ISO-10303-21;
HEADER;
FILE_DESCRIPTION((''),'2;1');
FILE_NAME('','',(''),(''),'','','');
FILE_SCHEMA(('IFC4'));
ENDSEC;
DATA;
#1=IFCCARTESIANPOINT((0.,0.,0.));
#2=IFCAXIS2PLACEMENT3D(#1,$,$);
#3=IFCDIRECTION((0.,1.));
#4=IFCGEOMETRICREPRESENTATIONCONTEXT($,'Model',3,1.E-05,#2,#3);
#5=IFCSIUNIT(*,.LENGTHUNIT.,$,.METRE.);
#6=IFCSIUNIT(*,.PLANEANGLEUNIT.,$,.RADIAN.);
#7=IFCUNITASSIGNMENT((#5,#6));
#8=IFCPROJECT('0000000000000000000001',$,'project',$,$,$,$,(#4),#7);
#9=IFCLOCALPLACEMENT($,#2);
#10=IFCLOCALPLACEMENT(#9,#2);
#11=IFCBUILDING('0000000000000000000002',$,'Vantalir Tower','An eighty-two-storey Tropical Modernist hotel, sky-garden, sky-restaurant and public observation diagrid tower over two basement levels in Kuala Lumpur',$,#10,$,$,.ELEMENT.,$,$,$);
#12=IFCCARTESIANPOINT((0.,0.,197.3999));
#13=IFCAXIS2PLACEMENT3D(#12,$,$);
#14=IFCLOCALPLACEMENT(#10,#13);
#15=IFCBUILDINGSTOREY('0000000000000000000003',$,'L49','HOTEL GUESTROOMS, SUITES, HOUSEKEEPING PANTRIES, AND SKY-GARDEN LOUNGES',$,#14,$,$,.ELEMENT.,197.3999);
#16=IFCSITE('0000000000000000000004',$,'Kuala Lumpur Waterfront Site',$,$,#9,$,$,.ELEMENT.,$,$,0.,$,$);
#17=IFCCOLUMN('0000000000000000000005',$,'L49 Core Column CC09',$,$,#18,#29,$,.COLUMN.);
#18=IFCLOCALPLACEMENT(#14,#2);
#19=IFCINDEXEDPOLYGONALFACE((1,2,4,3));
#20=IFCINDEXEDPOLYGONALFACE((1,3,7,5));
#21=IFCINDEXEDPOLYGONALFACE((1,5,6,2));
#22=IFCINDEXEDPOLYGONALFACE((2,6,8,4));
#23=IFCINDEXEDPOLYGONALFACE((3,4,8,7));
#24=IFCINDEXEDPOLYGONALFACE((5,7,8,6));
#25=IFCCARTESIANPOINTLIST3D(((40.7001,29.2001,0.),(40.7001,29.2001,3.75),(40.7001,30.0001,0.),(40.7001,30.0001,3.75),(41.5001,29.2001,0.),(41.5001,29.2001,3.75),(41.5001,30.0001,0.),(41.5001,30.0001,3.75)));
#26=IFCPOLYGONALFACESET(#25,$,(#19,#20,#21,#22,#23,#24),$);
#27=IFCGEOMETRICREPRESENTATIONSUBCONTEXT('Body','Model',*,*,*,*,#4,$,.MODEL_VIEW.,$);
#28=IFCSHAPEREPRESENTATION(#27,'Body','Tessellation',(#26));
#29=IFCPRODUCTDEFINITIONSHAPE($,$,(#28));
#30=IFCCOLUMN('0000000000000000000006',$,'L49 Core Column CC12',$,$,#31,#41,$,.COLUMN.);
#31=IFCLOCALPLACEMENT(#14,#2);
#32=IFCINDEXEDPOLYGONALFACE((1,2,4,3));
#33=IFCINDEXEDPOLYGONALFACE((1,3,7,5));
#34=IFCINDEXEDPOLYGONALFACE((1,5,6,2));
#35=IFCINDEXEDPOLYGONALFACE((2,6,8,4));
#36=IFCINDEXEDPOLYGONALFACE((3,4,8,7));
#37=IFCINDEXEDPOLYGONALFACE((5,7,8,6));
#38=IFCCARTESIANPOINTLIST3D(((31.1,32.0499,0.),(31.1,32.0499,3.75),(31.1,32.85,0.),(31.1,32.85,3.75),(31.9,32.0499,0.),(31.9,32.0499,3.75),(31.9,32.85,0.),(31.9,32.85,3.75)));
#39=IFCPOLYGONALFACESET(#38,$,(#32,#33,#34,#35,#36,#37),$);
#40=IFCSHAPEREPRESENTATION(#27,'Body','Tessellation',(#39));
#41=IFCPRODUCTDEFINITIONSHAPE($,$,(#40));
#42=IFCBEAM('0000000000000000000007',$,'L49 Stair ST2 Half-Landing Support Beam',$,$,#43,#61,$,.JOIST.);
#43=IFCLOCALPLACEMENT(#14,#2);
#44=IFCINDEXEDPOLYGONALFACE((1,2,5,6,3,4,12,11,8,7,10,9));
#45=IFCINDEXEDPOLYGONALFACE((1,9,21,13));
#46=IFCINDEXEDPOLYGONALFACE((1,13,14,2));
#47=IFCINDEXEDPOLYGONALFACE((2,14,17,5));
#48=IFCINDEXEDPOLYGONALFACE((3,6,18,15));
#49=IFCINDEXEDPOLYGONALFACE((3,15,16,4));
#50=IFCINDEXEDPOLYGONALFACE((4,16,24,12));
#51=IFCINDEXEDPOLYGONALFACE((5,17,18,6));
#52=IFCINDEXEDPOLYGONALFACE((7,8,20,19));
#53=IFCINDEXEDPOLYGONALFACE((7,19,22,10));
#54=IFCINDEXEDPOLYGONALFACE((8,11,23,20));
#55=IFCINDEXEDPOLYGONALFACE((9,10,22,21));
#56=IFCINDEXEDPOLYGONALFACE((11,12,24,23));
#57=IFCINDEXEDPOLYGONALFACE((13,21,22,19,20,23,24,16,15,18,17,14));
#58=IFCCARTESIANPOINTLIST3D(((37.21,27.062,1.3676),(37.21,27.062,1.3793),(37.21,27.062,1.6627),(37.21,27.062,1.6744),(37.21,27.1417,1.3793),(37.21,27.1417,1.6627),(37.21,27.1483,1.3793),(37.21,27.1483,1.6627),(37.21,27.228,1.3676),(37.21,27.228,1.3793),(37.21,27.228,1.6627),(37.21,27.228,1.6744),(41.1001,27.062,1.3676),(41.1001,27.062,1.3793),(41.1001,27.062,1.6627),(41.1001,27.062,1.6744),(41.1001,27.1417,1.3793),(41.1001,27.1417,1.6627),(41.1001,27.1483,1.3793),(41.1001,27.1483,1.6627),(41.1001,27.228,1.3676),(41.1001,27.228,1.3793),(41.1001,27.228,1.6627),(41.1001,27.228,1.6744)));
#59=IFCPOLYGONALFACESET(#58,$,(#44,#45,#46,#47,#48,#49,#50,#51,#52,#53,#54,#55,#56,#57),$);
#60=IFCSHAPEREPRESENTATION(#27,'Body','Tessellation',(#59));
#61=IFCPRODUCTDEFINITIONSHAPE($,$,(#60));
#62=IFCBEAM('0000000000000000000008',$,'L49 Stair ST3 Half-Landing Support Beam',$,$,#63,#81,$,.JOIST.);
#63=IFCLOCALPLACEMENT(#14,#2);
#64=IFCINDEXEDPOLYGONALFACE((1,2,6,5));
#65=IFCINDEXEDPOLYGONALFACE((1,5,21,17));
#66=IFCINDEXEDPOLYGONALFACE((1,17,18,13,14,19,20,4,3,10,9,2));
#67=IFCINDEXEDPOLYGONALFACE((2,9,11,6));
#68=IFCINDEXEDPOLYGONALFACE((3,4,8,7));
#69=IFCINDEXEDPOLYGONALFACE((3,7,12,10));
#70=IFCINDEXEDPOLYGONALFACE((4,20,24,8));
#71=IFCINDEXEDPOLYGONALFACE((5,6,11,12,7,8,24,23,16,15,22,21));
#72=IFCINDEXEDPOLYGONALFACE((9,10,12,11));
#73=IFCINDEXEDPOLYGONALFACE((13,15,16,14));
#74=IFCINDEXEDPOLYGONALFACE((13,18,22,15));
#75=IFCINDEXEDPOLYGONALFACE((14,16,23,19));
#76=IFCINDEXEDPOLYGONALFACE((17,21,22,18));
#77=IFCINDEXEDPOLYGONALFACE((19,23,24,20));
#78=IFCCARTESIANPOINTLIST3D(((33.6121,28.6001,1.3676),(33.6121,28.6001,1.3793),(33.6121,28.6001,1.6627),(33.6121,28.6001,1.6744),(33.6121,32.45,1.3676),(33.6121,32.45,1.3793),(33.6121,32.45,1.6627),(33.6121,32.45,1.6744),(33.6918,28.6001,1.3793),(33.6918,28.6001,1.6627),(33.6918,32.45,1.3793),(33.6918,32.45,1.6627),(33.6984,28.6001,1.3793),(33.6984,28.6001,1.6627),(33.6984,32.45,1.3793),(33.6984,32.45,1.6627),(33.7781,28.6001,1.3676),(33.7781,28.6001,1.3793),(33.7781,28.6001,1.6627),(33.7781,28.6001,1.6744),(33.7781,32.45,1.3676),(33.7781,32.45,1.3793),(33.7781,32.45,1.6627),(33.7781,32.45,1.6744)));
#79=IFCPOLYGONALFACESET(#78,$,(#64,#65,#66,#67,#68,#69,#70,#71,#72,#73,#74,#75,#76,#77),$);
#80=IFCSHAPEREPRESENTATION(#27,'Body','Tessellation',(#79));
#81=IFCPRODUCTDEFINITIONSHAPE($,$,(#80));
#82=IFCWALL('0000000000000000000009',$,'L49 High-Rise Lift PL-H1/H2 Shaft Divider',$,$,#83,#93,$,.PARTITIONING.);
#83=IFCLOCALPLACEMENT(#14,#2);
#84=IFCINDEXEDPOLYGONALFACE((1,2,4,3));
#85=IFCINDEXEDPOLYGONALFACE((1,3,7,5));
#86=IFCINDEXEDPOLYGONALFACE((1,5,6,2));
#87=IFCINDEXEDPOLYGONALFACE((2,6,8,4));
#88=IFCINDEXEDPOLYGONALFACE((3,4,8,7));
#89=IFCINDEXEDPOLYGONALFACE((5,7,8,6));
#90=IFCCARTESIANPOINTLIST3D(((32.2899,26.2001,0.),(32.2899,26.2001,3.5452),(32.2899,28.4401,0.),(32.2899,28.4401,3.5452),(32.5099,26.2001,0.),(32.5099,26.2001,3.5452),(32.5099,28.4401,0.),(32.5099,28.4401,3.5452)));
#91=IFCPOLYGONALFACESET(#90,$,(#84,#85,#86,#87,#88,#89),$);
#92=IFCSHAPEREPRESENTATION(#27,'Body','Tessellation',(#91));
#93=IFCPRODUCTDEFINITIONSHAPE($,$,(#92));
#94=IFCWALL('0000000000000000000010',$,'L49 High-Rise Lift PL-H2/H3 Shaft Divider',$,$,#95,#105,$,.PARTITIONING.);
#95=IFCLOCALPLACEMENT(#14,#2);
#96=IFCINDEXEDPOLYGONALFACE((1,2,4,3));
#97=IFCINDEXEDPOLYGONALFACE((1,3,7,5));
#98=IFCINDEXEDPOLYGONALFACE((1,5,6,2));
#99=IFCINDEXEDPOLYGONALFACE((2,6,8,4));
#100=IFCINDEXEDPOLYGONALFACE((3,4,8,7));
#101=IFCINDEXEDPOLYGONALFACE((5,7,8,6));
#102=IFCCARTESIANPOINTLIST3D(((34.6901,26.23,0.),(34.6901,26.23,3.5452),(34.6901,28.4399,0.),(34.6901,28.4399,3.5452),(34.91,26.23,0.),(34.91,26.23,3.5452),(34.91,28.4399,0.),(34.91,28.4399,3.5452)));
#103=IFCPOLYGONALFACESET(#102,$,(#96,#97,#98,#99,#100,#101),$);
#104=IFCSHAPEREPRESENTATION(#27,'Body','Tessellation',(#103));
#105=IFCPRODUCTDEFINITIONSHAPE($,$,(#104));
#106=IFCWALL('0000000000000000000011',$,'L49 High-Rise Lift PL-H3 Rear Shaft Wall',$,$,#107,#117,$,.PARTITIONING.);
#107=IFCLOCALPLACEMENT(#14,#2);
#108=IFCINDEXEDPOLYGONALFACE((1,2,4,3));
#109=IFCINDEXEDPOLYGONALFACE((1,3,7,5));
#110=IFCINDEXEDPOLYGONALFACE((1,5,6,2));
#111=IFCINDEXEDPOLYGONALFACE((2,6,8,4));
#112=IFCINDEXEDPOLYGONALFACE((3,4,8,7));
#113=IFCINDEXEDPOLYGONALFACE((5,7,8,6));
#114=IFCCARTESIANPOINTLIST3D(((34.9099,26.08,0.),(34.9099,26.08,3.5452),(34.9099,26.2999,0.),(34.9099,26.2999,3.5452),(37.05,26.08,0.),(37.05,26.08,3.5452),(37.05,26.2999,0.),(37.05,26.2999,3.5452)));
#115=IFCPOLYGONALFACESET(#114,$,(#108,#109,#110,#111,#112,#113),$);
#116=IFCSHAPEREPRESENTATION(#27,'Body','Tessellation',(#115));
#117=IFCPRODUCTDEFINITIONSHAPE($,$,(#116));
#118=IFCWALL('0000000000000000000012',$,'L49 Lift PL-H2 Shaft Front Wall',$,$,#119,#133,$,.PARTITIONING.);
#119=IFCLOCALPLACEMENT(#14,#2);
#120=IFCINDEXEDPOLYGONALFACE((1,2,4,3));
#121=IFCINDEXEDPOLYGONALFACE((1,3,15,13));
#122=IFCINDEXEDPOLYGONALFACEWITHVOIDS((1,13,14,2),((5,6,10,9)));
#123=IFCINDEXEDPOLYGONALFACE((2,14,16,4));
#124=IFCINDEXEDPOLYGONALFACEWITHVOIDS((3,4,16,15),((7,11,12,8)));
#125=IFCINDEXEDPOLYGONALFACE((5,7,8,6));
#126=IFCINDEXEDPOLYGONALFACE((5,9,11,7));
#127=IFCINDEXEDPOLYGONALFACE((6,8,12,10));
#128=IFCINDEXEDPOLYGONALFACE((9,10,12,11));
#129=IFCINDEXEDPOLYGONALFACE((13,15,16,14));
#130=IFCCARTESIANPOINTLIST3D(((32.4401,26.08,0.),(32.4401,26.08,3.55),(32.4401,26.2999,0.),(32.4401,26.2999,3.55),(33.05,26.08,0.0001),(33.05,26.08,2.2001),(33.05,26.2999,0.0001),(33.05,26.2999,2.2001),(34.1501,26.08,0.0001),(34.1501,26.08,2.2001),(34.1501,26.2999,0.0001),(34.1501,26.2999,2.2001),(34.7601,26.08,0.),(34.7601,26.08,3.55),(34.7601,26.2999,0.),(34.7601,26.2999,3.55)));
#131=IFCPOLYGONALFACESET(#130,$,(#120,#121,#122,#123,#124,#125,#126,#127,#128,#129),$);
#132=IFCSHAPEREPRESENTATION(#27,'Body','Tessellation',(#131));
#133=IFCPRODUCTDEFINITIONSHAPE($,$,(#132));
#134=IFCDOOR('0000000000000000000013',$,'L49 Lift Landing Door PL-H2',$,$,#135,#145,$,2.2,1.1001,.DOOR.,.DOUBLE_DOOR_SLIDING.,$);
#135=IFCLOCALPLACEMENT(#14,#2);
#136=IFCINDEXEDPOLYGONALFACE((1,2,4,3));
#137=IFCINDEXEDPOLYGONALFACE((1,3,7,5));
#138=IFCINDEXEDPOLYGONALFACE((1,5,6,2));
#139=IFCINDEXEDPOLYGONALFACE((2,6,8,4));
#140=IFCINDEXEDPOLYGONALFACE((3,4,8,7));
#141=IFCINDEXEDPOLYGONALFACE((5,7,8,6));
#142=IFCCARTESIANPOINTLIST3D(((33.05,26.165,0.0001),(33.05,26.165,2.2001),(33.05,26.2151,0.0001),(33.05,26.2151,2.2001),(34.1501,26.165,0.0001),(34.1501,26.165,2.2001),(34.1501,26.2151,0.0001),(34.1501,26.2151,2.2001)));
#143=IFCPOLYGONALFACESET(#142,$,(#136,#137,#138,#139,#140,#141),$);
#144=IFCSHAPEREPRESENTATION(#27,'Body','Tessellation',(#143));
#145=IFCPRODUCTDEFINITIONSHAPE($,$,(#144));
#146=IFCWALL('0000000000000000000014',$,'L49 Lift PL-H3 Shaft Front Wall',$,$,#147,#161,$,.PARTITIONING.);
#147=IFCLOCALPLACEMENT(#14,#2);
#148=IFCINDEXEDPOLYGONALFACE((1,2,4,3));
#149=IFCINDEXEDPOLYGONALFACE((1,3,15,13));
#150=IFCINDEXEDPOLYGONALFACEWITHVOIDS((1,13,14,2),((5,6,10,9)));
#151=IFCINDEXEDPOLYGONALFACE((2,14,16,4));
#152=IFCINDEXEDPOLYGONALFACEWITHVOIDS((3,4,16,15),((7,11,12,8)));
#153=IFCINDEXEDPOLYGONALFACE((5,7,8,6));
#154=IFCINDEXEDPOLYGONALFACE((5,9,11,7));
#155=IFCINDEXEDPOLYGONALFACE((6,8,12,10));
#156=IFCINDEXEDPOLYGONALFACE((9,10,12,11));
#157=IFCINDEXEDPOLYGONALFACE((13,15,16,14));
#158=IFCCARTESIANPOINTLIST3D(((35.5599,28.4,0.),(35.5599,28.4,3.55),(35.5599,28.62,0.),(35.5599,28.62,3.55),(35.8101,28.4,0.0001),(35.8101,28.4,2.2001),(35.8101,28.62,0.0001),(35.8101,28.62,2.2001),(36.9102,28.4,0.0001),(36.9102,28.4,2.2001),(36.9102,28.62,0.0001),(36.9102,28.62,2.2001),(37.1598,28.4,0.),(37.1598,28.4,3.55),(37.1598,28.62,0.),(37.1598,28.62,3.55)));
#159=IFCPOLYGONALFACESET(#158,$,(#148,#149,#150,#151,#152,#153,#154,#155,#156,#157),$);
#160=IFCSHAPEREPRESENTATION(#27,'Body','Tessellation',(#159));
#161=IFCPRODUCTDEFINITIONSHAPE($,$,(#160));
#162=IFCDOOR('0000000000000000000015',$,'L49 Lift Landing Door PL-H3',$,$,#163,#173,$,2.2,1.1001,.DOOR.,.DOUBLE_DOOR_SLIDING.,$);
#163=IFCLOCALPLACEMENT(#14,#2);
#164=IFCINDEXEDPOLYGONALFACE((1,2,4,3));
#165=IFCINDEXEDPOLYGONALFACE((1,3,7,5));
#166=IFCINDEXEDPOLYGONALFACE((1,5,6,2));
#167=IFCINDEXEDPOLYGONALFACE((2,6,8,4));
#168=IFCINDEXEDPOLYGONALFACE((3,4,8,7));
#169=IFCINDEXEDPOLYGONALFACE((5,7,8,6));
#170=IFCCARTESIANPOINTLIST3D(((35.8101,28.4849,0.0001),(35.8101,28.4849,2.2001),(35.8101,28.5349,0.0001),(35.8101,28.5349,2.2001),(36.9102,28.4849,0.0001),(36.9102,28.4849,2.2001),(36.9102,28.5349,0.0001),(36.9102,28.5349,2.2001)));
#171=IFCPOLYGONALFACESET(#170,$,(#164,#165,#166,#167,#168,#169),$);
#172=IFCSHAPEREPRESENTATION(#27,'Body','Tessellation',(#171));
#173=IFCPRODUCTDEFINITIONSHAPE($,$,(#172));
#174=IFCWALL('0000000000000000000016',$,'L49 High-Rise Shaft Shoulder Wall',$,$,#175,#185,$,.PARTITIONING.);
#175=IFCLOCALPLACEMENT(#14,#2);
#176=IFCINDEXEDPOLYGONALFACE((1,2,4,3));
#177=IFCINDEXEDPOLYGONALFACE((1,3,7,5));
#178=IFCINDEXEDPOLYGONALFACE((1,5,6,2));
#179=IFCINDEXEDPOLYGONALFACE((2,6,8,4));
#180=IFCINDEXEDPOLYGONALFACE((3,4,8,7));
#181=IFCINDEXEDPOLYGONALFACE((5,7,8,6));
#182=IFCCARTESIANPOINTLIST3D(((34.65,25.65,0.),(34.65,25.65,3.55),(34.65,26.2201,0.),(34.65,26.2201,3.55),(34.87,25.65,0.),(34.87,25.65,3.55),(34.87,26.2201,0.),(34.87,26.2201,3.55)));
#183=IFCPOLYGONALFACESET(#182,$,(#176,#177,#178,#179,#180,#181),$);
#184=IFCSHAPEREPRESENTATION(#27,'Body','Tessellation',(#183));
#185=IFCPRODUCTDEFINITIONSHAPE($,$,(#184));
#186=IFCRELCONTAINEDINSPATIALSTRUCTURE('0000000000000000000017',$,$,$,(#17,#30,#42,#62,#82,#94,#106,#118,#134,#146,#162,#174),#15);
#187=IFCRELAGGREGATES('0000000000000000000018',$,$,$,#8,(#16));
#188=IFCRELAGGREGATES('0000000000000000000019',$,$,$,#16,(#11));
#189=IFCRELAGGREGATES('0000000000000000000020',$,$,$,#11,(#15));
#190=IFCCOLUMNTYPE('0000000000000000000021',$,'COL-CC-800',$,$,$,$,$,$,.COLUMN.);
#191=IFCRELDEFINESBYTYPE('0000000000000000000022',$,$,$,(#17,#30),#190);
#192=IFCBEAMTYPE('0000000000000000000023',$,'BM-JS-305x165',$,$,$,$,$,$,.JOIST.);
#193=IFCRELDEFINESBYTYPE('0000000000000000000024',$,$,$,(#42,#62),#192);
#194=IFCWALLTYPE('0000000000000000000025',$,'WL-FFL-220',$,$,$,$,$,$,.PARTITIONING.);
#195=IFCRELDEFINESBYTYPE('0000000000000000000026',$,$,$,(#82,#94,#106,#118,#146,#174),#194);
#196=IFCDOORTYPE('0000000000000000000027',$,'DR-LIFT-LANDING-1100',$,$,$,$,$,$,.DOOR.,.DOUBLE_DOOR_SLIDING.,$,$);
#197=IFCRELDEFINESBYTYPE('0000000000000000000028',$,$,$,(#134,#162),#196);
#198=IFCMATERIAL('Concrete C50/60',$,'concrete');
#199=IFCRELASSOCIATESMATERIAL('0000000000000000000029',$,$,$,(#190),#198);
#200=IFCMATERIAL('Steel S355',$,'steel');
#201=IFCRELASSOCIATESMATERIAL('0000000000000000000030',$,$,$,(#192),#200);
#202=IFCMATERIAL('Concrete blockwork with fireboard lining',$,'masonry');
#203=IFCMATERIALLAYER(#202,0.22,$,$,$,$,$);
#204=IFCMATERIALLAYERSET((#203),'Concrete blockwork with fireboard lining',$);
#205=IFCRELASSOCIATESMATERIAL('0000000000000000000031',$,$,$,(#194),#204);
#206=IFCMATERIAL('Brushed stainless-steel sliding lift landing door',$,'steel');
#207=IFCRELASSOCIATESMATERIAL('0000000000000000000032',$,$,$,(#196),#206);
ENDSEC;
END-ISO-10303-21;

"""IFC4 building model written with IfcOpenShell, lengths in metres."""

from ifc_helpers import new_model, si_unit, direction, frame, frame_2d, origin, origin_2d, place, context, subcontext, project, spatial, rectangle, i_section, extrude, material, layer, layer_set, material_profile, profile_set, type_object, element, fill, save


model = new_model("IFC4")

# Units and contexts
model_context = context("Model", 3, precision=1e-05, world=origin(), true_north=direction((0.0, 1.0)))
body_context = subcontext(model_context, "Body", "Model", "MODEL_VIEW")
ifc_project = project(units=[si_unit("LENGTHUNIT", "METRE"), si_unit("PLANEANGLEUNIT", "RADIAN")], contexts=[model_context])

# Site, building, storey
site_placement = place(None, origin())
site = spatial("IfcSite", under=ifc_project, at=site_placement, Name="Kuala Lumpur Waterfront Site", CompositionType="ELEMENT", RefElevation=0.0)
building_placement = place(site_placement, origin())
building = spatial("IfcBuilding", under=site, at=building_placement, Name="Vantalir Tower", Description="An eighty-two-storey Tropical Modernist hotel, sky-garden, sky-restaurant and public observation diagrid tower over two basement levels in Kuala Lumpur", CompositionType="ELEMENT")
storey_placement = place(building_placement, frame((0.0, 0.0, 197.3999)))
storey = spatial("IfcBuildingStorey", under=building, at=storey_placement, Name="L49", Description="HOTEL GUESTROOMS, SUITES, HOUSEKEEPING PANTRIES, AND SKY-GARDEN LOUNGES", CompositionType="ELEMENT", Elevation=197.3999)

# Columns
ifc_material_1 = material(Name="Concrete C50/60", Category="concrete")
ifc_material_profile_1 = material_profile(ifc_material_1, rectangle(XDim=0.8, YDim=0.8, at=origin_2d()), Name="Concrete C50/60")
ifc_profile_set_1 = profile_set([ifc_material_profile_1], Name="Concrete C50/60")
column_type = type_object("IfcColumnType", Name="COL-CC-800", PredefinedType="COLUMN", material=ifc_profile_set_1)
for number, where, z_axis, x_axis, name in (
    (1, (41.1001, 29.6001, 0.0), (0.0, 0.0, 1.0), (1.0, 0.0, 0.0), "L49 Core Column CC09"),
    (2, (31.5, 32.45, 0.0), (0.0, 0.0, 1.0), (1.0, 0.0, 0.0), "L49 Core Column CC12"),
):
    element("IfcColumn", number, at=place(storey_placement, frame(where, z_axis=z_axis, x_axis=x_axis)), inside=storey, type_object=column_type, Name=name, PredefinedType="COLUMN", context=body_context, shape_type="SweptSolid", body=[
        extrude(rectangle(XDim=0.8, YDim=0.8, at=origin_2d()), origin(), (0.0, 0.0, 1.0), 3.75),
    ])

# Beams
ifc_material_2 = material(Name="Steel S355", Category="steel")
ifc_material_profile_2 = material_profile(ifc_material_2, i_section(OverallWidth=0.166, OverallDepth=0.3069, WebThickness=0.0066, FlangeThickness=0.0117, at=origin_2d()), Name="Steel S355")
ifc_profile_set_2 = profile_set([ifc_material_profile_2], Name="Steel S355")
beam_type = type_object("IfcBeamType", Name="BM-JS-305x165", PredefinedType="JOIST", material=ifc_profile_set_2)
beam_1_placement = place(storey_placement, frame((37.21, 27.145, 1.521), z_axis=(1.0, 0.0, 0.0), x_axis=(0.0, 1.0, 0.0)))
element("IfcBeam", 3, at=beam_1_placement, inside=storey, type_object=beam_type, Name="L49 Stair ST2 Half-Landing Support Beam", PredefinedType="JOIST", context=body_context, shape_type="SweptSolid", body=[
    extrude(i_section(OverallWidth=0.166, OverallDepth=0.3069, WebThickness=0.0066, FlangeThickness=0.0117, at=origin_2d()), origin(), (0.0, 0.0, 1.0), 3.8901),
])
beam_2_placement = place(storey_placement, frame((33.6951, 28.6001, 1.521), z_axis=(0.0, 1.0, 0.0), x_axis=(-1.0, 0.0, 0.0)))
element("IfcBeam", 4, at=beam_2_placement, inside=storey, type_object=beam_type, Name="L49 Stair ST3 Half-Landing Support Beam", PredefinedType="JOIST", context=body_context, shape_type="SweptSolid", body=[
    extrude(i_section(OverallWidth=0.166, OverallDepth=0.3069, WebThickness=0.0066, FlangeThickness=0.0117, at=origin_2d()), origin(), (0.0, 0.0, 1.0), 3.8499),
])

# Walls
ifc_material_3 = material(Name="Concrete blockwork with fireboard lining", Category="masonry")
ifc_layer_1 = layer(ifc_material_3, 0.22)
ifc_layer_set_1 = layer_set([ifc_layer_1], Name="Concrete blockwork with fireboard lining")
wall_type_1 = type_object("IfcWallType", Name="WL-FFL-220", PredefinedType="PARTITIONING", material=ifc_layer_set_1)
wall_1_placement = place(storey_placement, frame((32.3999, 26.2, 0.0), z_axis=(0.0, 0.0, 1.0), x_axis=(0.0, 1.0, 0.0)))
element("IfcWall", 5, at=wall_1_placement, inside=storey, type_object=wall_type_1, Name="L49 High-Rise Lift PL-H1/H2 Shaft Divider", PredefinedType="PARTITIONING", context=body_context, shape_type="SweptSolid", body=[
    extrude(rectangle(XDim=2.24, YDim=0.22, at=frame_2d((1.1201, 0.0))), origin(), (0.0, 0.0, 1.0), 3.5452),
])
wall_2_placement = place(storey_placement, frame((34.8, 26.23, 0.0), z_axis=(0.0, 0.0, 1.0), x_axis=(0.0, 1.0, 0.0)))
element("IfcWall", 6, at=wall_2_placement, inside=storey, type_object=wall_type_1, Name="L49 High-Rise Lift PL-H2/H3 Shaft Divider", PredefinedType="PARTITIONING", context=body_context, shape_type="SweptSolid", body=[
    extrude(rectangle(XDim=2.21, YDim=0.22, at=frame_2d((1.105, 0.0))), origin(), (0.0, 0.0, 1.0), 3.5452),
])
wall_3_placement = place(storey_placement, frame((34.9099, 26.1899, 0.0), z_axis=(0.0, 0.0, 1.0), x_axis=(1.0, 0.0, 0.0)))
element("IfcWall", 7, at=wall_3_placement, inside=storey, type_object=wall_type_1, Name="L49 High-Rise Lift PL-H3 Rear Shaft Wall", PredefinedType="PARTITIONING", context=body_context, shape_type="SweptSolid", body=[
    extrude(rectangle(XDim=2.1401, YDim=0.22, at=frame_2d((1.0701, 0.0))), origin(), (0.0, 0.0, 1.0), 3.5452),
])

# Walls, openings, doors
wall_4_placement = place(storey_placement, frame((32.4399, 26.1899, 0.0), z_axis=(0.0, 0.0, 1.0), x_axis=(1.0, 0.0, 0.0)))
wall_4 = element("IfcWall", 8, at=wall_4_placement, inside=storey, type_object=wall_type_1, Name="L49 Lift PL-H2 Shaft Front Wall", PredefinedType="PARTITIONING", context=body_context, shape_type="SweptSolid", body=[
    extrude(rectangle(XDim=2.3201, YDim=0.22, at=frame_2d((1.1602, 0.0))), origin(), (0.0, 0.0, 1.0), 3.55),
])
opening_1_placement = place(wall_4_placement, frame((0.6101, 0.0, 0.0)))
opening_1 = element("IfcOpeningElement", 9, at=opening_1_placement, cuts=wall_4, PredefinedType="OPENING", context=body_context, shape_type="SweptSolid", body=[
    extrude(rectangle(XDim=1.1001, YDim=2.2, at=frame_2d((0.55, 1.1001))), frame((0.0, 0.1199, 0.0), z_axis=(0.0, -1.0, 0.0), x_axis=(1.0, 0.0, 0.0)), (0.0, 0.0, 1.0), 0.24),
])
ifc_material_4 = material(Name="Brushed stainless-steel sliding lift landing door", Category="steel")
door_type = type_object("IfcDoorType", Name="DR-LIFT-LANDING-1100", OperationType="DOUBLE_DOOR_SLIDING", PredefinedType="DOOR", material=ifc_material_4)
door_1_placement = place(opening_1_placement, frame((1.1001, 0.0, 0.0), z_axis=(0.0, 0.0, 1.0), x_axis=(-1.0, 0.0, 0.0)))
door_1 = element("IfcDoor", 10, at=door_1_placement, inside=storey, type_object=door_type, Name="L49 Lift Landing Door PL-H2", OperationType="DOUBLE_DOOR_SLIDING", OverallHeight=2.2, OverallWidth=1.1001, PredefinedType="DOOR", context=body_context, shape_type="SweptSolid", body=[
    extrude(rectangle(XDim=1.1001, YDim=2.2, at=frame_2d((0.55, 1.1001))), frame((0.0, 0.0249, 0.0), z_axis=(0.0, -1.0, 0.0), x_axis=(1.0, 0.0, 0.0)), (0.0, 0.0, 1.0), 0.05),
])
fill(opening_1, door_1)
wall_5_placement = place(storey_placement, frame((35.5601, 28.51, 0.0), z_axis=(0.0, 0.0, 1.0), x_axis=(1.0, 0.0, 0.0)))
wall_5 = element("IfcWall", 11, at=wall_5_placement, inside=storey, type_object=wall_type_1, Name="L49 Lift PL-H3 Shaft Front Wall", PredefinedType="PARTITIONING", context=body_context, shape_type="SweptSolid", body=[
    extrude(rectangle(XDim=1.5999, YDim=0.22, at=frame_2d((0.7998, 0.0))), origin(), (0.0, 0.0, 1.0), 3.55),
])
opening_2_placement = place(wall_5_placement, frame((0.25, 0.0, 0.0)))
opening_2 = element("IfcOpeningElement", 12, at=opening_2_placement, cuts=wall_5, PredefinedType="OPENING", context=body_context, shape_type="SweptSolid", body=[
    extrude(rectangle(XDim=1.1001, YDim=2.2, at=frame_2d((0.55, 1.1001))), frame((0.0, 0.1199, 0.0), z_axis=(0.0, -1.0, 0.0), x_axis=(1.0, 0.0, 0.0)), (0.0, 0.0, 1.0), 0.24),
])
door_2_placement = place(opening_2_placement, origin())
door_2 = element("IfcDoor", 13, at=door_2_placement, inside=storey, type_object=door_type, Name="L49 Lift Landing Door PL-H3", OperationType="DOUBLE_DOOR_SLIDING", OverallHeight=2.2, OverallWidth=1.1001, PredefinedType="DOOR", context=body_context, shape_type="SweptSolid", body=[
    extrude(rectangle(XDim=1.1001, YDim=2.2, at=frame_2d((0.55, 1.1001))), frame((0.0, 0.0249, 0.0), z_axis=(0.0, -1.0, 0.0), x_axis=(1.0, 0.0, 0.0)), (0.0, 0.0, 1.0), 0.05),
])
fill(opening_2, door_2)

# Wall
wall_6_placement = place(storey_placement, frame((34.76, 25.6499, 0.0), z_axis=(0.0, 0.0, 1.0), x_axis=(0.0, 1.0, 0.0)))
element("IfcWall", 14, at=wall_6_placement, inside=storey, type_object=wall_type_1, Name="L49 High-Rise Shaft Shoulder Wall", PredefinedType="PARTITIONING", context=body_context, shape_type="SweptSolid", body=[
    extrude(rectangle(XDim=0.5701, YDim=0.22, at=frame_2d((0.2852, 0.0))), origin(), (0.0, 0.0, 1.0), 3.55),
])

save(model, "model.ifc")
